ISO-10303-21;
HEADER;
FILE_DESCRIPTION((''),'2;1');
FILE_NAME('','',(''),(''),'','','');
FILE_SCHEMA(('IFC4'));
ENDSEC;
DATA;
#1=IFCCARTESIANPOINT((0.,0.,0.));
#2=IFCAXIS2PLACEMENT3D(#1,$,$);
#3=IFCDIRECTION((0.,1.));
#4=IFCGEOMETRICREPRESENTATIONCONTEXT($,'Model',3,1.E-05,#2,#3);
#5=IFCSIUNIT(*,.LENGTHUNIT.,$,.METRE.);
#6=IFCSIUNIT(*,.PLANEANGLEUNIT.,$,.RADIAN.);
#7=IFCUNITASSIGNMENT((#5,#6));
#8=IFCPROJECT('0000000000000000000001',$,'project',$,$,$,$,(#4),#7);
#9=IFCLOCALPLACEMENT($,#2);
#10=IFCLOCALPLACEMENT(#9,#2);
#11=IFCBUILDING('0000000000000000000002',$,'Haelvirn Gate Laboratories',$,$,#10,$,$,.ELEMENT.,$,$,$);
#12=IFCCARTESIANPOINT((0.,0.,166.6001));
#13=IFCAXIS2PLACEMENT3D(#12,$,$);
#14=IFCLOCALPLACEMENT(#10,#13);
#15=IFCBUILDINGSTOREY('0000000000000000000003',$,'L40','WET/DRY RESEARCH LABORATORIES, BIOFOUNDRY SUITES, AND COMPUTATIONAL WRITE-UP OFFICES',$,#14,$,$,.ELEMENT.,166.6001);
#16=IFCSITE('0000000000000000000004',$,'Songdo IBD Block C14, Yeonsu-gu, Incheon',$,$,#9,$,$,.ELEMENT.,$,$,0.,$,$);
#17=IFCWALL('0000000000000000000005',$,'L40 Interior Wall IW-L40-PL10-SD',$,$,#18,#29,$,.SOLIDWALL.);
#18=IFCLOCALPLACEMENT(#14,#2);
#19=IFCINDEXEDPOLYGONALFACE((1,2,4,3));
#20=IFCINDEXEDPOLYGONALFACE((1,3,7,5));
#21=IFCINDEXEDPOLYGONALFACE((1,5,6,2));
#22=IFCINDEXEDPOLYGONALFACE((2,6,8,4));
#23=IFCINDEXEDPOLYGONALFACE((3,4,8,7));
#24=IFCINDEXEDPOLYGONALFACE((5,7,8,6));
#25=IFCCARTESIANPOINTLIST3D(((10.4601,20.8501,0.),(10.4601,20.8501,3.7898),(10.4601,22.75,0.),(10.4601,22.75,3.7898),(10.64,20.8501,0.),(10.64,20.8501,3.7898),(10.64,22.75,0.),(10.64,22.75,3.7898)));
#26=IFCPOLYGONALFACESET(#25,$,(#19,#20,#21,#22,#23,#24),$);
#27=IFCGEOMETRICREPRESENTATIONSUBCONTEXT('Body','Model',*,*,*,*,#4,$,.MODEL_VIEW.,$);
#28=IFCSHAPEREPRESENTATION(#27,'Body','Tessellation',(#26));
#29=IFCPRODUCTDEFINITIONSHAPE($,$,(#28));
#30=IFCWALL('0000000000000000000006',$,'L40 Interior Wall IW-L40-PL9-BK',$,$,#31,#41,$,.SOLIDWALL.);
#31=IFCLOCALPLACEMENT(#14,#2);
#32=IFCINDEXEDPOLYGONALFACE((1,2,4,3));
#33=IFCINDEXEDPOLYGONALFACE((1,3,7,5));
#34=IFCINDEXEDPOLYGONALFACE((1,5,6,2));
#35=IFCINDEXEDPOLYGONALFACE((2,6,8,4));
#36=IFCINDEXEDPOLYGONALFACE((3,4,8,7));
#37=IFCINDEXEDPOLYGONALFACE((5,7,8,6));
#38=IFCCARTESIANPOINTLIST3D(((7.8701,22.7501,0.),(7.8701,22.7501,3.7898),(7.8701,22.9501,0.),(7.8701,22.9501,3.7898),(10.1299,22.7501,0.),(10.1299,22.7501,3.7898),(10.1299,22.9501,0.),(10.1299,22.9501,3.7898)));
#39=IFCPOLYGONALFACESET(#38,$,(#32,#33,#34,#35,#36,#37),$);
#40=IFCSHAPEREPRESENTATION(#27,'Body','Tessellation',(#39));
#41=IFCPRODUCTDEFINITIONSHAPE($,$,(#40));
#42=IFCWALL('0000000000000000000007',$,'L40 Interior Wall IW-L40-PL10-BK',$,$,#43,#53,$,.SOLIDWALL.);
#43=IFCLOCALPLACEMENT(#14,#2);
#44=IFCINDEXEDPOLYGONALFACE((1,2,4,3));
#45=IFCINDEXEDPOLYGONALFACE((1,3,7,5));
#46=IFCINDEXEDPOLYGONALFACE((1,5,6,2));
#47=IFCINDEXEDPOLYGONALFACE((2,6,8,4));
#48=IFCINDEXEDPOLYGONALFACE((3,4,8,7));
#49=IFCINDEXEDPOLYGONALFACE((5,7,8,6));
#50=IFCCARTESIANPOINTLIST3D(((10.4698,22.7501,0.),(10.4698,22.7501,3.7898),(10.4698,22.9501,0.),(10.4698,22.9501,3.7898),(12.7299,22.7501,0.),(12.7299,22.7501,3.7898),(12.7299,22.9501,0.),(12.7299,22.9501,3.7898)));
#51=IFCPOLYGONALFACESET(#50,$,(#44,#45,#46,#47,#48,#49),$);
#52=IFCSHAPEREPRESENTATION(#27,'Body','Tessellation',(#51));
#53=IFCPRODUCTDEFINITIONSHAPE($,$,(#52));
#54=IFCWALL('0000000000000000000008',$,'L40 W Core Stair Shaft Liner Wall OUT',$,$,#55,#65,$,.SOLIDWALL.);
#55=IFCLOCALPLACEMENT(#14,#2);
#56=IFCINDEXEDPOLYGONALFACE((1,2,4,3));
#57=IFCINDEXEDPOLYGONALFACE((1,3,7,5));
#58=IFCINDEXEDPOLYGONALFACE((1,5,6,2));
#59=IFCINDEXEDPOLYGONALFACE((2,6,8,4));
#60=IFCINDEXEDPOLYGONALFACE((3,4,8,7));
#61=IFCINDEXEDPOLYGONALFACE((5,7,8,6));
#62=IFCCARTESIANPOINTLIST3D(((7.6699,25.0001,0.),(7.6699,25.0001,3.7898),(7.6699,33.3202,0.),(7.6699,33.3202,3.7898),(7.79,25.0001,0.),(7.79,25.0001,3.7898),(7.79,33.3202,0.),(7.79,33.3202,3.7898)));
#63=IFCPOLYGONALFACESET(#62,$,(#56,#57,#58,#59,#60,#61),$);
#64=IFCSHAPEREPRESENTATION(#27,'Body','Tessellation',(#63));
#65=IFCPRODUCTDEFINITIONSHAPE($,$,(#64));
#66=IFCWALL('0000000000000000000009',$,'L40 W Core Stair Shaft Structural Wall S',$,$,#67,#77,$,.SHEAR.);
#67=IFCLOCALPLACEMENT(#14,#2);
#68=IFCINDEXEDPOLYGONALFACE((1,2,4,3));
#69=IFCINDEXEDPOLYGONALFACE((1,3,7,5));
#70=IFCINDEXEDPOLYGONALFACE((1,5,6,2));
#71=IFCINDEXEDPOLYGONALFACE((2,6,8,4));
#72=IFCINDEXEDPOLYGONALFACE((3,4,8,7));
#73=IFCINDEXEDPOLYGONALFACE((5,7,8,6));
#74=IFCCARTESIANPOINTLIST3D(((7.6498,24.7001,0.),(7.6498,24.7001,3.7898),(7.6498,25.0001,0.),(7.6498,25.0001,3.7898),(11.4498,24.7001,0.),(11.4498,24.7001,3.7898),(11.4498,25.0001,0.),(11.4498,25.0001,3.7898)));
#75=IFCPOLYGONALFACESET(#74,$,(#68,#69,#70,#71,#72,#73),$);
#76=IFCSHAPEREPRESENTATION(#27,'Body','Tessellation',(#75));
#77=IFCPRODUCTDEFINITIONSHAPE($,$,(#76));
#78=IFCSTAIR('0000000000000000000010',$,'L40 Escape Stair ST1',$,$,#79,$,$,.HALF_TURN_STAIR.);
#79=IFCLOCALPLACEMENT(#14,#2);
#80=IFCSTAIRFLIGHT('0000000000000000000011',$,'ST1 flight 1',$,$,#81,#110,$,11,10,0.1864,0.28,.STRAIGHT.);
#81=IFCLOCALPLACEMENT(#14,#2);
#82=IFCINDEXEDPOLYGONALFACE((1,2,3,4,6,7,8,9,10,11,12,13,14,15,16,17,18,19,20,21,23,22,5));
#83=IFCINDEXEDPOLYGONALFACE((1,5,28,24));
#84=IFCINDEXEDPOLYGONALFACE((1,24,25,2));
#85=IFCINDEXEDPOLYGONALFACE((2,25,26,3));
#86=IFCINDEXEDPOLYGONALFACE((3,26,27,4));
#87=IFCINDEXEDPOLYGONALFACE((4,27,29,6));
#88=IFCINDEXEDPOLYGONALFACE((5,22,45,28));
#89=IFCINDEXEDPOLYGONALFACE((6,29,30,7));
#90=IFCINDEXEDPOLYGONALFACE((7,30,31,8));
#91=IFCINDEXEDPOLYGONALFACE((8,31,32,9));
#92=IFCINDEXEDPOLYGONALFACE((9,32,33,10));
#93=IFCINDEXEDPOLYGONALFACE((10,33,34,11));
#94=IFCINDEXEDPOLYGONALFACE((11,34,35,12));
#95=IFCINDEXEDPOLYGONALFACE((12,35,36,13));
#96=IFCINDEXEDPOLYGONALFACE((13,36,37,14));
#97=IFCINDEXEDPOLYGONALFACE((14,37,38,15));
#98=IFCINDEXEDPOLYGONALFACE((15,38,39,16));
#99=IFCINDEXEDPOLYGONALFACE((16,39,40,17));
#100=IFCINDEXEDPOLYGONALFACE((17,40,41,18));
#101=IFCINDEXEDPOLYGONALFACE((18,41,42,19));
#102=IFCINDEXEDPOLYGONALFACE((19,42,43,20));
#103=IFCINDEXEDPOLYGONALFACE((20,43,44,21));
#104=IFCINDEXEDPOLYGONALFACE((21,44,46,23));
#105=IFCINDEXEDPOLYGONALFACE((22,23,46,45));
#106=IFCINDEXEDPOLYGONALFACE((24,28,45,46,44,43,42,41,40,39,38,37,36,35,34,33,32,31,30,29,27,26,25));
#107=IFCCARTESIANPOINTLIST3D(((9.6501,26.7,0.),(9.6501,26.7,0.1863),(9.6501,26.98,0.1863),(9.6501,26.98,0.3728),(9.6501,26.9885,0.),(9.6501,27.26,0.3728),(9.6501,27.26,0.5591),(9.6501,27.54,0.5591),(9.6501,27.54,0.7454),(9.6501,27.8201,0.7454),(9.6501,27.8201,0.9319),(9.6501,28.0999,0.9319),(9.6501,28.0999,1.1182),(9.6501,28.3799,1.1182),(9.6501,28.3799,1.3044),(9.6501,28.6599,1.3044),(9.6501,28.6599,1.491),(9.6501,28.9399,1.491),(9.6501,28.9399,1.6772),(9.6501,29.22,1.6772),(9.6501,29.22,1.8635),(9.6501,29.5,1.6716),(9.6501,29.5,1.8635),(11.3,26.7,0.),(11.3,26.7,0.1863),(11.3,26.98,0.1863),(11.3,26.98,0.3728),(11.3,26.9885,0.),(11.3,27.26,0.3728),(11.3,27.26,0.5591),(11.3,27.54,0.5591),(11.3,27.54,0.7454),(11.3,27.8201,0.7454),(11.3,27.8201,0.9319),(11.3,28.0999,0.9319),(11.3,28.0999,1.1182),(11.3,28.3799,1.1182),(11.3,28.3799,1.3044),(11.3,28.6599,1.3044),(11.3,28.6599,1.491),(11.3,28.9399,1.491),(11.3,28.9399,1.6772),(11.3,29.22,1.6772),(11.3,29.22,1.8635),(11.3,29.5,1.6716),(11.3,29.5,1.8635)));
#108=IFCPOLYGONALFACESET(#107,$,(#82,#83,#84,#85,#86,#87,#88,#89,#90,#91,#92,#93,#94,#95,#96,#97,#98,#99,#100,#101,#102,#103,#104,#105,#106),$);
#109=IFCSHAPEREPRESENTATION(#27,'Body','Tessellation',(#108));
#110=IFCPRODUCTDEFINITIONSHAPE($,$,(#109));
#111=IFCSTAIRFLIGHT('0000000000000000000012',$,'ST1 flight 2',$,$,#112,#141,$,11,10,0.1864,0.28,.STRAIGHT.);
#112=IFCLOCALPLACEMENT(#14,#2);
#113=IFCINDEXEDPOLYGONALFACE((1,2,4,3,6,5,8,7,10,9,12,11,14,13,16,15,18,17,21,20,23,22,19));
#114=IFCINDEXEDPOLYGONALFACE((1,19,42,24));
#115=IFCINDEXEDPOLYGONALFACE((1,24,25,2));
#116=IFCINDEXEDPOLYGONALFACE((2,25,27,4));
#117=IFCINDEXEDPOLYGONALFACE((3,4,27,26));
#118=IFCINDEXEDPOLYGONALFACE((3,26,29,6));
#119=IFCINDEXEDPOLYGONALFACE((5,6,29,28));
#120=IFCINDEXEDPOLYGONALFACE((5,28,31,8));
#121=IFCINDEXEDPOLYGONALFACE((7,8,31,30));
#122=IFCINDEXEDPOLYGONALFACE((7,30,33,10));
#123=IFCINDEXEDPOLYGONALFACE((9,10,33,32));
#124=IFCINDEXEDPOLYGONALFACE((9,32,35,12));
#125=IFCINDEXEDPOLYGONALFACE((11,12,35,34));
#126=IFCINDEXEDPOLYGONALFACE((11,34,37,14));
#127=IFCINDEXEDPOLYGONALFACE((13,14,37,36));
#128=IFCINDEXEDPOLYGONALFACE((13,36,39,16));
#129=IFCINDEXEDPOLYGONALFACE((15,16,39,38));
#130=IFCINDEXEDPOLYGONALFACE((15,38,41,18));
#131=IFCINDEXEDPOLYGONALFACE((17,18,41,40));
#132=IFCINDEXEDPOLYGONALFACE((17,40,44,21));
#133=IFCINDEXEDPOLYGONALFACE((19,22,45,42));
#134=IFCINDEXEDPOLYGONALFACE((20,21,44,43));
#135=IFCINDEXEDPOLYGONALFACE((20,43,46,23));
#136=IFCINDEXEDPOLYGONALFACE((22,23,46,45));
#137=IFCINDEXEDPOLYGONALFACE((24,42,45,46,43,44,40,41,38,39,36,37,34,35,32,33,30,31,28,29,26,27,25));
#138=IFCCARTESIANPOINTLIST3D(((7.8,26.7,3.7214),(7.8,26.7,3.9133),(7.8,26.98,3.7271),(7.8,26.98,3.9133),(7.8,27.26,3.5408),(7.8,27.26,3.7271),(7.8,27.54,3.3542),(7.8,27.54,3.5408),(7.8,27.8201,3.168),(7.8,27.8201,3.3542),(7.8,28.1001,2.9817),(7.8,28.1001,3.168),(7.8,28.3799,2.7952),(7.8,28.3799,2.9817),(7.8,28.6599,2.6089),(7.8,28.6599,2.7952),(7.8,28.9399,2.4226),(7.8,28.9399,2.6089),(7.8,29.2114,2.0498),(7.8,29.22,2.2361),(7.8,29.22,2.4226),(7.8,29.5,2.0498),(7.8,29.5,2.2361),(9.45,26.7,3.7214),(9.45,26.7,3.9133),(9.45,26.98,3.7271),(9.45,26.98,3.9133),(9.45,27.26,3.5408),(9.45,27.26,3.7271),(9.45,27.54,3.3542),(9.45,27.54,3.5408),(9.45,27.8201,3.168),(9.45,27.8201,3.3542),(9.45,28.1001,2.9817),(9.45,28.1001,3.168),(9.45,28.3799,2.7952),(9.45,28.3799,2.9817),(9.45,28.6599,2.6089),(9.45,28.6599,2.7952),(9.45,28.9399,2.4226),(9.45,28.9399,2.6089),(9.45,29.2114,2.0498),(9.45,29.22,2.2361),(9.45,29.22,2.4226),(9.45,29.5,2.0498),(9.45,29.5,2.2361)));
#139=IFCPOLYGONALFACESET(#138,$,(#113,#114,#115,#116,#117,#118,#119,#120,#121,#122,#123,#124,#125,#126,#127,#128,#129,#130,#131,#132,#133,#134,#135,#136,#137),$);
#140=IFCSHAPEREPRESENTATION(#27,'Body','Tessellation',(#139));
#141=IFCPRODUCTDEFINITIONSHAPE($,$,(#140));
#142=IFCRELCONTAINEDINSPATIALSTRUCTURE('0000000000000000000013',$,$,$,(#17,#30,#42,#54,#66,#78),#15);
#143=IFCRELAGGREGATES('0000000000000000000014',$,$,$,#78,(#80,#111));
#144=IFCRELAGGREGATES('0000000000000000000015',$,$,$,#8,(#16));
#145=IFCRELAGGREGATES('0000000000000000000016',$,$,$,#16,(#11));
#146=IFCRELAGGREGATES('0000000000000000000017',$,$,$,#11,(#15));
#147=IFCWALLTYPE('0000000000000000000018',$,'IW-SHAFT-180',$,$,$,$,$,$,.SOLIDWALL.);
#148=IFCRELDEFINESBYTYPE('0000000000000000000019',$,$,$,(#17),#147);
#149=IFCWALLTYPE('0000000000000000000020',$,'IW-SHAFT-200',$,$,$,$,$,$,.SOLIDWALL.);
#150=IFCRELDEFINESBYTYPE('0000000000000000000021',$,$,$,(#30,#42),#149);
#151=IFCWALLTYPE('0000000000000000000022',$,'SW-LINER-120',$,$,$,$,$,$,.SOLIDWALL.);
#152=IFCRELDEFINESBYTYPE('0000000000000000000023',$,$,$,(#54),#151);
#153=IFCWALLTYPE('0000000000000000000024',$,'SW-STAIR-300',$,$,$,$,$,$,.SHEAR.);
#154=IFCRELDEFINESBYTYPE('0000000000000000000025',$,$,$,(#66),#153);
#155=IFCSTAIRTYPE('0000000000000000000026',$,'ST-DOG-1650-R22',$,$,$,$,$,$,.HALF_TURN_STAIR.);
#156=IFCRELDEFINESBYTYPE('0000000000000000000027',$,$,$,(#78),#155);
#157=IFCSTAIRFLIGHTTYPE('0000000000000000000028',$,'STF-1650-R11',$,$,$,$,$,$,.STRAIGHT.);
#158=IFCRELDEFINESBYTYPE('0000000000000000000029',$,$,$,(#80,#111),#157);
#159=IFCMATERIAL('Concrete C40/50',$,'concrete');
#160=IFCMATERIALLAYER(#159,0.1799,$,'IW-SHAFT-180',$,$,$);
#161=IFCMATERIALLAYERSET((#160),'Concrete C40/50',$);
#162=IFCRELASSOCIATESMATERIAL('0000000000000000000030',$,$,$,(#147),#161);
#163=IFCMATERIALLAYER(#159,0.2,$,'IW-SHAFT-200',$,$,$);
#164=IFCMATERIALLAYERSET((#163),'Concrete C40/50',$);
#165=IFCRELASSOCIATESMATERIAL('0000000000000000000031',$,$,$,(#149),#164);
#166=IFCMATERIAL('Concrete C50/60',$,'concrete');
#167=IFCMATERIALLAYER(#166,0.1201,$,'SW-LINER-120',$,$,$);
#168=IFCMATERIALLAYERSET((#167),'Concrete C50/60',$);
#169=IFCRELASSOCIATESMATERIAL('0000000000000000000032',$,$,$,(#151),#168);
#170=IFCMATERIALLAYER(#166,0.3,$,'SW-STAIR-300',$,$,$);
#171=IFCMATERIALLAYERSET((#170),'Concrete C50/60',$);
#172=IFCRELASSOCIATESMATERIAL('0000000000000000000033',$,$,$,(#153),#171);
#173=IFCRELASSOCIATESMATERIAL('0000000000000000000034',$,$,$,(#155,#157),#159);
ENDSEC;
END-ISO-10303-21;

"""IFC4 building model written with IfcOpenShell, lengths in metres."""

from ifc_helpers import new_model, si_unit, direction, frame, frame_2d, origin, place, context, subcontext, project, spatial, polyline, rectangle, outline, extrude, source, transform, mapped, material, layer, layer_set, type_object, type_shapes, element, aggregate, save


model = new_model("IFC4")

# Units and contexts
model_context = context("Model", 3, precision=1e-05, world=origin(), true_north=direction((0.0, 1.0)))
body_context = subcontext(model_context, "Body", "Model", "MODEL_VIEW")
ifc_project = project(units=[si_unit("LENGTHUNIT", "METRE"), si_unit("PLANEANGLEUNIT", "RADIAN")], contexts=[model_context])

# Site, building, storey
site_placement = place(None, origin())
site = spatial("IfcSite", under=ifc_project, at=site_placement, Name="Songdo IBD Block C14, Yeonsu-gu, Incheon", CompositionType="ELEMENT", RefElevation=0.0)
building_placement = place(site_placement, origin())
building = spatial("IfcBuilding", under=site, at=building_placement, Name="Haelvirn Gate Laboratories", CompositionType="ELEMENT")
storey_placement = place(building_placement, frame((0.0, 0.0, 166.6001)))
storey = spatial("IfcBuildingStorey", under=building, at=storey_placement, Name="L40", Description="WET/DRY RESEARCH LABORATORIES, BIOFOUNDRY SUITES, AND COMPUTATIONAL WRITE-UP OFFICES", CompositionType="ELEMENT", Elevation=166.6001)

# Shared definitions
ifc_material_1 = material(Name="Concrete C50/60", Category="concrete")

# Walls
ifc_material_2 = material(Name="Concrete C40/50", Category="concrete")
ifc_layer_1 = layer(ifc_material_2, 0.1799, Name="IW-SHAFT-180")
ifc_layer_set_1 = layer_set([ifc_layer_1], Name="Concrete C40/50")
wall_type_1 = type_object("IfcWallType", Name="IW-SHAFT-180", PredefinedType="SOLIDWALL", material=ifc_layer_set_1)
for number, where, z_axis, x_axis, name in (
    (1, (10.55, 20.8501, 0.0), (0.0, 0.0, 1.0), (0.0, 1.0, 0.0), "L40 Interior Wall IW-L40-PL10-SD"),
):
    element("IfcWall", number, at=place(storey_placement, frame(where, z_axis=z_axis, x_axis=x_axis)), inside=storey, type_object=wall_type_1, Name=name, PredefinedType="SOLIDWALL", context=body_context, shape_type="SweptSolid", body=[
        extrude(rectangle(XDim=1.8999, YDim=0.1799, at=frame_2d((0.95, 0.0))), origin(), (0.0, 0.0, 1.0), 3.7898),
    ])
ifc_layer_2 = layer(ifc_material_2, 0.2, Name="IW-SHAFT-200")
ifc_layer_set_2 = layer_set([ifc_layer_2], Name="Concrete C40/50")
wall_type_2 = type_object("IfcWallType", Name="IW-SHAFT-200", PredefinedType="SOLIDWALL", material=ifc_layer_set_2)
wall_1_placement = place(storey_placement, frame((7.8701, 22.8501, 0.0), z_axis=(0.0, 0.0, 1.0), x_axis=(1.0, 0.0, 0.0)))
element("IfcWall", 2, at=wall_1_placement, inside=storey, type_object=wall_type_2, Name="L40 Interior Wall IW-L40-PL9-BK", PredefinedType="SOLIDWALL", context=body_context, shape_type="SweptSolid", body=[
    extrude(rectangle(XDim=2.2598, YDim=0.2, at=frame_2d((1.1299, 0.0))), origin(), (0.0, 0.0, 1.0), 3.7898),
])
wall_2_placement = place(storey_placement, frame((10.47, 22.8501, 0.0), z_axis=(0.0, 0.0, 1.0), x_axis=(1.0, 0.0, 0.0)))
element("IfcWall", 3, at=wall_2_placement, inside=storey, type_object=wall_type_2, Name="L40 Interior Wall IW-L40-PL10-BK", PredefinedType="SOLIDWALL", context=body_context, shape_type="SweptSolid", body=[
    extrude(rectangle(XDim=2.26, YDim=0.2, at=frame_2d((1.1299, 0.0))), origin(), (0.0, 0.0, 1.0), 3.7898),
])
ifc_layer_3 = layer(ifc_material_1, 0.1201, Name="SW-LINER-120")
ifc_layer_set_3 = layer_set([ifc_layer_3], Name="Concrete C50/60")
wall_type_3 = type_object("IfcWallType", Name="SW-LINER-120", PredefinedType="SOLIDWALL", material=ifc_layer_set_3)
wall_3_placement = place(storey_placement, frame((7.73, 25.0, 0.0), z_axis=(0.0, 0.0, 1.0), x_axis=(0.0, 1.0, 0.0)))
element("IfcWall", 4, at=wall_3_placement, inside=storey, type_object=wall_type_3, Name="L40 W Core Stair Shaft Liner Wall OUT", PredefinedType="SOLIDWALL", context=body_context, shape_type="SweptSolid", body=[
    extrude(rectangle(XDim=8.3201, YDim=0.1201, at=frame_2d((4.1602, 0.0))), origin(), (0.0, 0.0, 1.0), 3.7898),
])
ifc_layer_4 = layer(ifc_material_1, 0.3, Name="SW-STAIR-300")
ifc_layer_set_4 = layer_set([ifc_layer_4], Name="Concrete C50/60")
wall_type_4 = type_object("IfcWallType", Name="SW-STAIR-300", PredefinedType="SHEAR", material=ifc_layer_set_4)
wall_4_placement = place(storey_placement, frame((7.6499, 24.8501, 0.0), z_axis=(0.0, 0.0, 1.0), x_axis=(1.0, 0.0, 0.0)))
element("IfcWall", 5, at=wall_4_placement, inside=storey, type_object=wall_type_4, Name="L40 W Core Stair Shaft Structural Wall S", PredefinedType="SHEAR", context=body_context, shape_type="SweptSolid", body=[
    extrude(rectangle(XDim=3.8, YDim=0.3, at=frame_2d((1.8999, 0.0))), origin(), (0.0, 0.0, 1.0), 3.7898),
])

# Stair, stair flights
stair_type = type_object("IfcStairType", Name="ST-DOG-1650-R22", PredefinedType="HALF_TURN_STAIR", material=ifc_material_2)
stair_placement = place(storey_placement, origin())
stair = element("IfcStair", 6, at=stair_placement, inside=storey, type_object=stair_type, Name="L40 Escape Stair ST1", PredefinedType="HALF_TURN_STAIR")
stair_flight_type = type_object("IfcStairFlightType", Name="STF-1650-R11", PredefinedType="STRAIGHT", material=ifc_material_2)
shared_shape_1 = source(origin(), body_context, "Body", "SweptSolid", [
    extrude(outline(polyline([(0.0, 0.0), (0.0, 0.1863), (0.28, 0.1863), (0.28, 0.3728), (0.5601, 0.3728), (0.5601, 0.5591), (0.8401, 0.5591), (0.8401, 0.7454), (1.1201, 0.7454), (1.1201, 0.9319), (1.3999, 0.9319), (1.3999, 1.1182), (1.6799, 1.1182), (1.6799, 1.3044), (1.96, 1.3044), (1.96, 1.491), (2.24, 1.491), (2.24, 1.6772), (2.52, 1.6772), (2.52, 1.8635), (2.8, 1.8635), (2.8, 2.05), (2.8, 1.6716), (0.2886, 0.0), (0.0, 0.0)])), frame((0.0, 0.825, 0.0), z_axis=(0.0, -1.0, 0.0), x_axis=(1.0, 0.0, 0.0)), (0.0, 0.0, 1.0), 1.6499),
])
type_shapes(stair_flight_type, [shared_shape_1])
stair_flight_1_placement = place(storey_placement, frame((10.4751, 26.7, 0.0), z_axis=(0.0, 0.0, 1.0), x_axis=(0.0, 1.0, 0.0)))
stair_flight_1 = element("IfcStairFlight", 7, at=stair_flight_1_placement, type_object=stair_flight_type, Name="ST1 flight 1", NumberOfRisers=11, NumberOfTreads=10, PredefinedType="STRAIGHT", RiserHeight=0.1864, TreadLength=0.28, context=body_context, shape_type="MappedRepresentation", body=[
    mapped(shared_shape_1, transform((0.0, 0.0, 0.0), scale=1.0)),
])
stair_flight_2_placement = place(storey_placement, frame((8.625, 29.5, 2.0498), z_axis=(0.0, 0.0, 1.0), x_axis=(0.0, -1.0, 0.0)))
stair_flight_2 = element("IfcStairFlight", 8, at=stair_flight_2_placement, type_object=stair_flight_type, Name="ST1 flight 2", NumberOfRisers=11, NumberOfTreads=10, PredefinedType="STRAIGHT", RiserHeight=0.1864, TreadLength=0.28, context=body_context, shape_type="MappedRepresentation", body=[
    mapped(shared_shape_1, transform((0.0, 0.0, 0.0), scale=1.0)),
])
aggregate(stair, [stair_flight_1, stair_flight_2])

save(model, "model.ifc")
